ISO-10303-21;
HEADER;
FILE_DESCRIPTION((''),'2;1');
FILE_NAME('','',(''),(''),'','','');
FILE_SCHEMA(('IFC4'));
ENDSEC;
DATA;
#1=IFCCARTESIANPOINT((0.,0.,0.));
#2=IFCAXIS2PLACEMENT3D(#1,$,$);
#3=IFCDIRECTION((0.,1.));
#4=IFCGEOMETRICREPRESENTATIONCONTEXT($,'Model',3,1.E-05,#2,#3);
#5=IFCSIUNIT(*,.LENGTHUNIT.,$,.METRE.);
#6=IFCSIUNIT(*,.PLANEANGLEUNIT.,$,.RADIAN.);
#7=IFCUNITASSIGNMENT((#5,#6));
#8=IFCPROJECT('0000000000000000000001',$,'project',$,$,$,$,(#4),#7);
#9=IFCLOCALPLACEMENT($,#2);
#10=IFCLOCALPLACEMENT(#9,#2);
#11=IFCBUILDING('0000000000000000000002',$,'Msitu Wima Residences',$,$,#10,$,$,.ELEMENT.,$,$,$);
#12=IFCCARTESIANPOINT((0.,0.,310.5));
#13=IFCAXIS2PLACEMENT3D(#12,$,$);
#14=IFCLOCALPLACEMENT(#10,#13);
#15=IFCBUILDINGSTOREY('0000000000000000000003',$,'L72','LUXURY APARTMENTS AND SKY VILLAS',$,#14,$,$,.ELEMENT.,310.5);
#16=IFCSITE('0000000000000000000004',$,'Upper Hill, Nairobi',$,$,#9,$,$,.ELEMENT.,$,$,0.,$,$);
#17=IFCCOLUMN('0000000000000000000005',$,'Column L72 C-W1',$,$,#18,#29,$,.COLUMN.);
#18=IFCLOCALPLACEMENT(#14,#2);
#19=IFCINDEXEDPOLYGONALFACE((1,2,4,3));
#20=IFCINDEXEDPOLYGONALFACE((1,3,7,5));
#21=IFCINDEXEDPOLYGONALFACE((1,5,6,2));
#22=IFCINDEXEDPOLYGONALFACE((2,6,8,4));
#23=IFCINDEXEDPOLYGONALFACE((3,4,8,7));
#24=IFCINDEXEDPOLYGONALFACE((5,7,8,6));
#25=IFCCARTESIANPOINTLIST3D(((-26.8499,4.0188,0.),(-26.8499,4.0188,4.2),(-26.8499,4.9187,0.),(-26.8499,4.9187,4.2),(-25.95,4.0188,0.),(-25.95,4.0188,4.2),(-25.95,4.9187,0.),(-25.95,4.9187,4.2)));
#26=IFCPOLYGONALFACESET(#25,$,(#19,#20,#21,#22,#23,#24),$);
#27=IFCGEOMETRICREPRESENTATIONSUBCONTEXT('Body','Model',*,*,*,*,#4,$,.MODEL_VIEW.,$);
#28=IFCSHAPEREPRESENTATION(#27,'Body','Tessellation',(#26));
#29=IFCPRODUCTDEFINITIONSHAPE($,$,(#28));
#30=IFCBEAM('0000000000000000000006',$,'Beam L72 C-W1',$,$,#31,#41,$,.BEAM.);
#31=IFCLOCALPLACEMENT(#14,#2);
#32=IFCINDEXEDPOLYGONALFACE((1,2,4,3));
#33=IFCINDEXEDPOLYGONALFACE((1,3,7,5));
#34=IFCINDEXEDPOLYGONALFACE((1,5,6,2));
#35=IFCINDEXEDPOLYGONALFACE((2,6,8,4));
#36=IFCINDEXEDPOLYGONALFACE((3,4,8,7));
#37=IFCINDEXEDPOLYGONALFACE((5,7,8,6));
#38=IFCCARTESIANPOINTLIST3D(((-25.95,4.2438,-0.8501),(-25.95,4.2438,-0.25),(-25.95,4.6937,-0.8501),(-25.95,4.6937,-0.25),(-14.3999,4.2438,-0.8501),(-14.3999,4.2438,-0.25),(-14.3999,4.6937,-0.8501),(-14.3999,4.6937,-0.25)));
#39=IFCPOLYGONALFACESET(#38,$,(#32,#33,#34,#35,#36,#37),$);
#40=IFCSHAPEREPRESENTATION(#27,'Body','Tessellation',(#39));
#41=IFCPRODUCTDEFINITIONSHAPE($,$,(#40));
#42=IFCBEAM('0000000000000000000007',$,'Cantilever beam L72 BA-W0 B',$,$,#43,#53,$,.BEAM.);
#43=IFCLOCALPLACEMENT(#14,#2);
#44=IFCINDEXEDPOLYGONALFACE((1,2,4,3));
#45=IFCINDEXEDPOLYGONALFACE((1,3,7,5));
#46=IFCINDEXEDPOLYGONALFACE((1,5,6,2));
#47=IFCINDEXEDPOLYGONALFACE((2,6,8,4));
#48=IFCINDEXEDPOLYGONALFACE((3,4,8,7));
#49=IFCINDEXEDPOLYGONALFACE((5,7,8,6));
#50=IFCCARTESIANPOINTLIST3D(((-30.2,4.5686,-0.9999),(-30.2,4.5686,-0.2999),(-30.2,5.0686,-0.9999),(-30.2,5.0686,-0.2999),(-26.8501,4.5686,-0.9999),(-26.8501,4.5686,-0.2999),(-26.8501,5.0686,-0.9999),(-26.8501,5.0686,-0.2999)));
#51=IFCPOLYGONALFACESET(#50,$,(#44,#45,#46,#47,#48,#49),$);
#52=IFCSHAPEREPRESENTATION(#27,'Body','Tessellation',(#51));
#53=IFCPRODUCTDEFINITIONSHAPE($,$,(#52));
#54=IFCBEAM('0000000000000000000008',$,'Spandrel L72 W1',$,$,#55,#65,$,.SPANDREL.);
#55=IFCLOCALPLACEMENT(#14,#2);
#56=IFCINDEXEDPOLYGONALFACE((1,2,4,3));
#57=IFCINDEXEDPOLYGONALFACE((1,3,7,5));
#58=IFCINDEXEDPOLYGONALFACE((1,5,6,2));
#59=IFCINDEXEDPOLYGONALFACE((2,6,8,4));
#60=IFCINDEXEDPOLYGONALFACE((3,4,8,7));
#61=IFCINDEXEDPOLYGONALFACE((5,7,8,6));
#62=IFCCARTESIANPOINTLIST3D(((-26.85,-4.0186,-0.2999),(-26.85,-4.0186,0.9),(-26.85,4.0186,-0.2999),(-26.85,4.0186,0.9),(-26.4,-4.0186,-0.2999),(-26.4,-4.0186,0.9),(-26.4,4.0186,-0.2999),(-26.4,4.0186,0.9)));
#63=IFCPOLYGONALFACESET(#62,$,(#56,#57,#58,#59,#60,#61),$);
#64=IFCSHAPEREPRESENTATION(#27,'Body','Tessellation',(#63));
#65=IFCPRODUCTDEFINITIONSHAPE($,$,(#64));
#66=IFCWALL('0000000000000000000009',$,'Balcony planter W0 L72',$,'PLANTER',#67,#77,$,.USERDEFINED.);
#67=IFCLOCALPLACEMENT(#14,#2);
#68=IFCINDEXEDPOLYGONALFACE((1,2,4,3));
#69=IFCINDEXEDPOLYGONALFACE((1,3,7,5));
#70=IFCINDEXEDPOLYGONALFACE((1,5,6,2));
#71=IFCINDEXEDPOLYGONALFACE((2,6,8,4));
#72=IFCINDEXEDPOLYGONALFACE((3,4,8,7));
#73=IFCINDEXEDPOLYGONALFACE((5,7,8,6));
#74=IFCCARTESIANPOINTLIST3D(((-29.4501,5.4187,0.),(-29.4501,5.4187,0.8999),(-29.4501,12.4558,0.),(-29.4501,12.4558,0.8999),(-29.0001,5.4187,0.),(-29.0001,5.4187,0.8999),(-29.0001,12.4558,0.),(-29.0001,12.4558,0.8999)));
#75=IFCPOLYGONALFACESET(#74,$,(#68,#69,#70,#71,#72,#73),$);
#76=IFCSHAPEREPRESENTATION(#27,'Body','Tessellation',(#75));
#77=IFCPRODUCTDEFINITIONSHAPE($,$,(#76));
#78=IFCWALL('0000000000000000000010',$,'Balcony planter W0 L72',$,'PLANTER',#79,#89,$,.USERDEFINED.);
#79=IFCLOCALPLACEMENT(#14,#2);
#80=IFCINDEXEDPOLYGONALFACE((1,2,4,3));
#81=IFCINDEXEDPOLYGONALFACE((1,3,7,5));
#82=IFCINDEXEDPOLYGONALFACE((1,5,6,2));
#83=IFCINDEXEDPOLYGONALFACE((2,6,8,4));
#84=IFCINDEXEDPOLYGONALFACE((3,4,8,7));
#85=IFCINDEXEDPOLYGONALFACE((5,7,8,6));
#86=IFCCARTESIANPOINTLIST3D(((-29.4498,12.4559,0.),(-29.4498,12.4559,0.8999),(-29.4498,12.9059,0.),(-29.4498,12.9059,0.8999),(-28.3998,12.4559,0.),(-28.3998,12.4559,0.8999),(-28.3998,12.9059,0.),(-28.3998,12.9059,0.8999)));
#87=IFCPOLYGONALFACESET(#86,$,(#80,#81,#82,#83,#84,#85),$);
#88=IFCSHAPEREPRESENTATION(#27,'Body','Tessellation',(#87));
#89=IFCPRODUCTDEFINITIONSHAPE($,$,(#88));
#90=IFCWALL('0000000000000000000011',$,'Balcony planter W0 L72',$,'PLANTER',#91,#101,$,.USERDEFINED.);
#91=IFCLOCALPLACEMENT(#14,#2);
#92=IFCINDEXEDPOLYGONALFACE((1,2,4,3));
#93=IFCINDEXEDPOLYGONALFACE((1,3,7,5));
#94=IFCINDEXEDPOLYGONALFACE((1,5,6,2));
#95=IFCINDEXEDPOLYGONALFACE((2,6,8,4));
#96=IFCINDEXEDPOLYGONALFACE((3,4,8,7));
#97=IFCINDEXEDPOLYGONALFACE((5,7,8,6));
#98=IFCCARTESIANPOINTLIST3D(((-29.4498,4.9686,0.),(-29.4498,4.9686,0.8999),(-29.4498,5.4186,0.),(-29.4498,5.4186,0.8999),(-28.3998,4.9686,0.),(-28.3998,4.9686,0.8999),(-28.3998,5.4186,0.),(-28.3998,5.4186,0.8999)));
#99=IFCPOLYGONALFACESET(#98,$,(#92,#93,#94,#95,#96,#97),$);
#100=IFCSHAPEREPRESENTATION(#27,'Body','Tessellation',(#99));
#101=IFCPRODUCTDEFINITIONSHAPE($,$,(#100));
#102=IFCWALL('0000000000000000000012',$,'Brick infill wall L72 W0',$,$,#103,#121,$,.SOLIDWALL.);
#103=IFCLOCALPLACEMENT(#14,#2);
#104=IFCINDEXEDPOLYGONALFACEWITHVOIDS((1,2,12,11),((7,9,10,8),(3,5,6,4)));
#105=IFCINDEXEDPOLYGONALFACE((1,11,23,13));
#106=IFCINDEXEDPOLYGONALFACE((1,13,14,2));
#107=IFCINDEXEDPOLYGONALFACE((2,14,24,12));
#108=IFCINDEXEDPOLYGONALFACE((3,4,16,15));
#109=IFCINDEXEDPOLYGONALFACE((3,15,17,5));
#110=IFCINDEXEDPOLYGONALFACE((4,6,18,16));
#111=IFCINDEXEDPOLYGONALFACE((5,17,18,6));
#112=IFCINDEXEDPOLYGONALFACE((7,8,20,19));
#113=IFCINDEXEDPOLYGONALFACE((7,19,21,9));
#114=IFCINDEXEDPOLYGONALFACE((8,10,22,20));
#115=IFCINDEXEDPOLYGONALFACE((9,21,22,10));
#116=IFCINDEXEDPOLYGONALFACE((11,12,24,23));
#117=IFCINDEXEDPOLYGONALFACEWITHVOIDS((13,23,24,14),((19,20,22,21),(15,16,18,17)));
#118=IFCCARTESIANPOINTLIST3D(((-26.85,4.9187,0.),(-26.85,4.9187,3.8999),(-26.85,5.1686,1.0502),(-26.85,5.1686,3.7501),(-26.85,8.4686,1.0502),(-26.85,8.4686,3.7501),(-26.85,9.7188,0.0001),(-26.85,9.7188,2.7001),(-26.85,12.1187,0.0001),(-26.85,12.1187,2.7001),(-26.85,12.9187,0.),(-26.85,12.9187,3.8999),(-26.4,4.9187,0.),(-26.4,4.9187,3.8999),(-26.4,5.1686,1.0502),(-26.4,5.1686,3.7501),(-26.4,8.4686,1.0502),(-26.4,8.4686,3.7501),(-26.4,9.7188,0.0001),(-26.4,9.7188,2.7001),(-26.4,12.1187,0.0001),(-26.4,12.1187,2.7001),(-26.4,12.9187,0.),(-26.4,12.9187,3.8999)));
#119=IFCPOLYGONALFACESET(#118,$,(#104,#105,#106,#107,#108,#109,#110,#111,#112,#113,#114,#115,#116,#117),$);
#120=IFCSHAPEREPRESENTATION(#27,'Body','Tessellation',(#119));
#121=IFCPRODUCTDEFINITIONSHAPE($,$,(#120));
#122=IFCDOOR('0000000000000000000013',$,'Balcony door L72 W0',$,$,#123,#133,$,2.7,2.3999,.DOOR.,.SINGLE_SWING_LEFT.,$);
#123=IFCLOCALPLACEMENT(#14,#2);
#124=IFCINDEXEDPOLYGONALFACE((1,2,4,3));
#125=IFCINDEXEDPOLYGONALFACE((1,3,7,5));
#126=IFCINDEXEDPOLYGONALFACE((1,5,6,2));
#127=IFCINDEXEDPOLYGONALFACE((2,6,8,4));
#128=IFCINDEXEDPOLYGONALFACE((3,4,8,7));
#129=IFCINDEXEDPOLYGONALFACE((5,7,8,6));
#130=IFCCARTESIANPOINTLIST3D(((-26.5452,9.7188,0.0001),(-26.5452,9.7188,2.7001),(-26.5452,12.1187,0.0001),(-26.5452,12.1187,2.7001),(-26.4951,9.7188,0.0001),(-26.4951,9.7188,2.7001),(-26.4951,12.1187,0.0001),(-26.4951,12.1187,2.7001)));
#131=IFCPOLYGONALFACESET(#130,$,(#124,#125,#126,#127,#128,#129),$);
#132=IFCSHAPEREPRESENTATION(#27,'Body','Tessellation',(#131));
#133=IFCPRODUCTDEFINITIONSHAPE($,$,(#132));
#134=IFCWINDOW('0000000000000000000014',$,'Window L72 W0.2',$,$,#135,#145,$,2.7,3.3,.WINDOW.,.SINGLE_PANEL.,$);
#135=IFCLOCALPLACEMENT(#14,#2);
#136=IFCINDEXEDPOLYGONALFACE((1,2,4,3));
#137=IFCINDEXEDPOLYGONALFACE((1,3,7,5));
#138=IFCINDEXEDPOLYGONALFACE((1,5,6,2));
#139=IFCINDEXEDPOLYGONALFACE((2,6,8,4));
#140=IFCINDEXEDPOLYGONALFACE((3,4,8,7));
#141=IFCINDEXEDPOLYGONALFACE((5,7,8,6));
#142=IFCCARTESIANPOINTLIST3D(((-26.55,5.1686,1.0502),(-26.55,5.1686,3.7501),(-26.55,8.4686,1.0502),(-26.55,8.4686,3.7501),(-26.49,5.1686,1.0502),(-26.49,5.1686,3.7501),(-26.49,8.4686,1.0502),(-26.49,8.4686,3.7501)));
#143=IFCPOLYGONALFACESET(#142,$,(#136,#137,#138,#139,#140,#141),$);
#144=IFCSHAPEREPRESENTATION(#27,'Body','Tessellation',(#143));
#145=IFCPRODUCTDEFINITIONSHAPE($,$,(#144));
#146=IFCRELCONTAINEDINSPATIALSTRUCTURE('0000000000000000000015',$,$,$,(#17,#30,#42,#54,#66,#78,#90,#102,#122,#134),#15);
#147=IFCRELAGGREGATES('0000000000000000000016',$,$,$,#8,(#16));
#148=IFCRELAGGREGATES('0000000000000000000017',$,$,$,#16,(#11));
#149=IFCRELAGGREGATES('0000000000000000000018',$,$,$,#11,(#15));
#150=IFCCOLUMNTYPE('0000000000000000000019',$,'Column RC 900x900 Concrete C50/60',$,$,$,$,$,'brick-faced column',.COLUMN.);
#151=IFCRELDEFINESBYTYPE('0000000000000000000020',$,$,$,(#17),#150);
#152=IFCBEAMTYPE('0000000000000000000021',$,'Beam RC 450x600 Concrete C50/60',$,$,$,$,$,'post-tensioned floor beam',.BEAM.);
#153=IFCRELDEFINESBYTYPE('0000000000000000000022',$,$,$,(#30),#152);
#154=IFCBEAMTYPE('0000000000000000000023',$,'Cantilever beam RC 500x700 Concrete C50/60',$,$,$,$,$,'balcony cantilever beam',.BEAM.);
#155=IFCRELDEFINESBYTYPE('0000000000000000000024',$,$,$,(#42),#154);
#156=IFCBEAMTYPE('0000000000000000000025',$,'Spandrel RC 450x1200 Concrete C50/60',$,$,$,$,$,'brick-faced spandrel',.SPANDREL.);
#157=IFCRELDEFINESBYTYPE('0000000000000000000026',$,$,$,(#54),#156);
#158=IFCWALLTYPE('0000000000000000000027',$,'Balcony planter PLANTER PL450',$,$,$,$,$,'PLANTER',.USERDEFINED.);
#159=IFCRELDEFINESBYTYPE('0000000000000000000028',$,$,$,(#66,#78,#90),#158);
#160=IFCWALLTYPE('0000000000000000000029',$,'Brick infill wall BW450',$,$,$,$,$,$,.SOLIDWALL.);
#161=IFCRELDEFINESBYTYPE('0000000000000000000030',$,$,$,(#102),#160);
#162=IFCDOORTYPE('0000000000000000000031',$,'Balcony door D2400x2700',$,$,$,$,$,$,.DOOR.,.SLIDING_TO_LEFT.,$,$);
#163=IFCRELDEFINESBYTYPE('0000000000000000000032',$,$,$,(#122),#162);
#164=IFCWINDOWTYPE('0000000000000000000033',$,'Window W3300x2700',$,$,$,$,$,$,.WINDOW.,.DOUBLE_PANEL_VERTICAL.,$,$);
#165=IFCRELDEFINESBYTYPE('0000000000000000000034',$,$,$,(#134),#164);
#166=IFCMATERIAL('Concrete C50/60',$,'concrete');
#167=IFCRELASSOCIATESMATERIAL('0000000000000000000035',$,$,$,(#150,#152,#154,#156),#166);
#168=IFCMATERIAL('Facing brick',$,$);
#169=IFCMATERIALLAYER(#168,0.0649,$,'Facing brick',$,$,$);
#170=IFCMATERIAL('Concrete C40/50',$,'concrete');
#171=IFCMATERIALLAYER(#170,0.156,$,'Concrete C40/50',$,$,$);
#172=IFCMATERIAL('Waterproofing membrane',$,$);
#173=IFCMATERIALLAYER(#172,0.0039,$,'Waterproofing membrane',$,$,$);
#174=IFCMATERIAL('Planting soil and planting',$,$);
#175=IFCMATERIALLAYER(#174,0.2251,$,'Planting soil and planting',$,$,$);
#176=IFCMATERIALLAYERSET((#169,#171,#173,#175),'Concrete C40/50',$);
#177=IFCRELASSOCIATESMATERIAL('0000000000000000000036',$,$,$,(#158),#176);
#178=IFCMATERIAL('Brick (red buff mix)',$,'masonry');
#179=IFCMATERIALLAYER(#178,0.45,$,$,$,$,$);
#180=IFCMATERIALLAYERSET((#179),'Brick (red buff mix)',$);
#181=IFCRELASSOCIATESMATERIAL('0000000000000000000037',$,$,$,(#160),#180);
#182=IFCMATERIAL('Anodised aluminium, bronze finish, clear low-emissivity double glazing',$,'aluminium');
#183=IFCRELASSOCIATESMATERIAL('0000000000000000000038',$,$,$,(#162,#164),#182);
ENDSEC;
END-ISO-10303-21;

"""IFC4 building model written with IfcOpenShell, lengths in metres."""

from ifc_helpers import new_model, si_unit, direction, frame, frame_2d, origin, origin_2d, place, context, subcontext, project, spatial, rectangle, extrude, material, layer, layer_set, material_profile, profile_set, type_object, element, fill, save


model = new_model("IFC4")

# Units and contexts
model_context = context("Model", 3, precision=1e-05, world=origin(), true_north=direction((0.0, 1.0)))
body_context = subcontext(model_context, "Body", "Model", "MODEL_VIEW")
ifc_project = project(units=[si_unit("LENGTHUNIT", "METRE"), si_unit("PLANEANGLEUNIT", "RADIAN")], contexts=[model_context])

# Site, building, storey
site_placement = place(None, origin())
site = spatial("IfcSite", under=ifc_project, at=site_placement, Name="Upper Hill, Nairobi", CompositionType="ELEMENT", RefElevation=0.0)
building_placement = place(site_placement, origin())
building = spatial("IfcBuilding", under=site, at=building_placement, Name="Msitu Wima Residences", CompositionType="ELEMENT")
storey_placement = place(building_placement, frame((0.0, 0.0, 310.5)))
storey = spatial("IfcBuildingStorey", under=building, at=storey_placement, Name="L72", Description="LUXURY APARTMENTS AND SKY VILLAS", CompositionType="ELEMENT", Elevation=310.5)

# Column
ifc_material_1 = material(Name="Concrete C50/60", Category="concrete")
ifc_material_profile_1 = material_profile(ifc_material_1, rectangle(XDim=0.8999, YDim=0.8999, at=origin_2d()), Name="RC 900x900")
ifc_profile_set_1 = profile_set([ifc_material_profile_1], Name="Concrete C50/60")
column_type = type_object("IfcColumnType", Name="Column RC 900x900 Concrete C50/60", ElementType="brick-faced column", PredefinedType="COLUMN", material=ifc_profile_set_1)
column_placement = place(storey_placement, frame((-26.3999, 4.4688, 0.0), z_axis=(0.0, 0.0, 1.0), x_axis=(0.0, -1.0, 0.0)))
element("IfcColumn", 1, at=column_placement, inside=storey, type_object=column_type, Name="Column L72 C-W1", PredefinedType="COLUMN", context=body_context, shape_type="SweptSolid", body=[
    extrude(rectangle(XDim=0.8999, YDim=0.8999, at=origin_2d()), origin(), (0.0, 0.0, 1.0), 4.2),
])

# Beams
ifc_material_profile_2 = material_profile(ifc_material_1, rectangle(XDim=0.45, YDim=0.6001, at=origin_2d()), Name="RC 450x600")
ifc_profile_set_2 = profile_set([ifc_material_profile_2], Name="Concrete C50/60")
beam_type_1 = type_object("IfcBeamType", Name="Beam RC 450x600 Concrete C50/60", ElementType="post-tensioned floor beam", PredefinedType="BEAM", material=ifc_profile_set_2)
beam_1_placement = place(storey_placement, frame((-25.95, 4.4688, -0.55), z_axis=(1.0, 0.0, 0.0), x_axis=(0.0, 1.0, 0.0)))
element("IfcBeam", 2, at=beam_1_placement, inside=storey, type_object=beam_type_1, Name="Beam L72 C-W1", PredefinedType="BEAM", context=body_context, shape_type="SweptSolid", body=[
    extrude(rectangle(XDim=0.45, YDim=0.6001, at=origin_2d()), origin(), (0.0, 0.0, 1.0), 11.55),
])
ifc_material_profile_3 = material_profile(ifc_material_1, rectangle(XDim=0.5, YDim=0.7, at=origin_2d()), Name="RC 500x700")
ifc_profile_set_3 = profile_set([ifc_material_profile_3], Name="Concrete C50/60")
beam_type_2 = type_object("IfcBeamType", Name="Cantilever beam RC 500x700 Concrete C50/60", ElementType="balcony cantilever beam", PredefinedType="BEAM", material=ifc_profile_set_3)
beam_2_placement = place(storey_placement, frame((-26.8501, 4.8186, -0.6499), z_axis=(-1.0, 0.0, 0.0), x_axis=(0.0, -1.0, 0.0)))
element("IfcBeam", 3, at=beam_2_placement, inside=storey, type_object=beam_type_2, Name="Cantilever beam L72 BA-W0 B", PredefinedType="BEAM", context=body_context, shape_type="SweptSolid", body=[
    extrude(rectangle(XDim=0.5, YDim=0.7, at=origin_2d()), origin(), (0.0, 0.0, 1.0), 3.3499),
])
ifc_material_profile_4 = material_profile(ifc_material_1, rectangle(XDim=0.45, YDim=1.2, at=origin_2d()), Name="RC 450x1200")
ifc_profile_set_4 = profile_set([ifc_material_profile_4], Name="Concrete C50/60")
beam_type_3 = type_object("IfcBeamType", Name="Spandrel RC 450x1200 Concrete C50/60", ElementType="brick-faced spandrel", PredefinedType="SPANDREL", material=ifc_profile_set_4)
beam_3_placement = place(storey_placement, frame((-26.625, 4.0186, 0.3), z_axis=(0.0, -1.0, 0.0), x_axis=(1.0, 0.0, 0.0)))
element("IfcBeam", 4, at=beam_3_placement, inside=storey, type_object=beam_type_3, Name="Spandrel L72 W1", PredefinedType="SPANDREL", context=body_context, shape_type="SweptSolid", body=[
    extrude(rectangle(XDim=0.45, YDim=1.2, at=origin_2d()), origin(), (0.0, 0.0, 1.0), 8.0371),
])

# Walls
ifc_material_2 = material(Name="Facing brick")
ifc_layer_1 = layer(ifc_material_2, 0.0649, Name="Facing brick")
ifc_material_3 = material(Name="Concrete C40/50", Category="concrete")
ifc_layer_2 = layer(ifc_material_3, 0.156, Name="Concrete C40/50")
ifc_material_4 = material(Name="Waterproofing membrane")
ifc_layer_3 = layer(ifc_material_4, 0.0039, Name="Waterproofing membrane")
ifc_material_5 = material(Name="Planting soil and planting")
ifc_layer_4 = layer(ifc_material_5, 0.2251, Name="Planting soil and planting")
ifc_layer_set_1 = layer_set([ifc_layer_1, ifc_layer_2, ifc_layer_3, ifc_layer_4], Name="Concrete C40/50")
wall_type_1 = type_object("IfcWallType", Name="Balcony planter PLANTER PL450", ElementType="PLANTER", PredefinedType="USERDEFINED", material=ifc_layer_set_1)
wall_1_placement = place(storey_placement, frame((-29.2251, 12.4558, 0.0), z_axis=(0.0, 0.0, 1.0), x_axis=(0.0, -1.0, 0.0)))
element("IfcWall", 5, at=wall_1_placement, inside=storey, type_object=wall_type_1, Name="Balcony planter W0 L72", ObjectType="PLANTER", PredefinedType="USERDEFINED", context=body_context, shape_type="SweptSolid", body=[
    extrude(rectangle(XDim=7.0371, YDim=0.45, at=frame_2d((3.5186, 0.0))), origin(), (0.0, 0.0, 1.0), 0.8999),
])
for number, where, z_axis, x_axis, name in (
    (6, (-28.3999, 12.6809, 0.0), (0.0, 0.0, 1.0), (-1.0, 0.0, 0.0), "Balcony planter W0 L72"),
    (7, (-28.3999, 5.1936, 0.0), (0.0, 0.0, 1.0), (-1.0, 0.0, 0.0), "Balcony planter W0 L72"),
):
    element("IfcWall", number, at=place(storey_placement, frame(where, z_axis=z_axis, x_axis=x_axis)), inside=storey, type_object=wall_type_1, Name=name, ObjectType="PLANTER", PredefinedType="USERDEFINED", context=body_context, shape_type="SweptSolid", body=[
        extrude(rectangle(XDim=1.05, YDim=0.45, at=frame_2d((0.5249, 0.0))), origin(), (0.0, 0.0, 1.0), 0.8999),
    ])

# Wall, openings, door, window
ifc_material_6 = material(Name="Brick (red buff mix)", Category="masonry")
ifc_layer_5 = layer(ifc_material_6, 0.45)
ifc_layer_set_2 = layer_set([ifc_layer_5], Name="Brick (red buff mix)")
wall_type_2 = type_object("IfcWallType", Name="Brick infill wall BW450", PredefinedType="SOLIDWALL", material=ifc_layer_set_2)
wall_2_placement = place(storey_placement, frame((-26.625, 12.9187, 0.0), z_axis=(0.0, 0.0, 1.0), x_axis=(0.0, -1.0, 0.0)))
wall_2 = element("IfcWall", 8, at=wall_2_placement, inside=storey, type_object=wall_type_2, Name="Brick infill wall L72 W0", PredefinedType="SOLIDWALL", context=body_context, shape_type="SweptSolid", body=[
    extrude(rectangle(XDim=8.0, YDim=0.45, at=frame_2d((4.0, 0.0))), origin(), (0.0, 0.0, 1.0), 3.8999),
])
opening_1_placement = place(wall_2_placement, frame((0.8, 0.0, 0.0)))
opening_1 = element("IfcOpeningElement", 9, at=opening_1_placement, cuts=wall_2, PredefinedType="OPENING", context=body_context, shape_type="SweptSolid", body=[
    extrude(rectangle(XDim=2.3999, YDim=2.7, at=frame_2d((1.2, 1.3501))), frame((0.0, 0.2349, 0.0), z_axis=(0.0, -1.0, 0.0), x_axis=(1.0, 0.0, 0.0)), (0.0, 0.0, 1.0), 0.47),
])
opening_2_placement = place(wall_2_placement, frame((4.4502, 0.0, 1.05)))
opening_2 = element("IfcOpeningElement", 10, at=opening_2_placement, cuts=wall_2, PredefinedType="OPENING", context=body_context, shape_type="SweptSolid", body=[
    extrude(rectangle(XDim=3.3, YDim=2.7, at=frame_2d((1.6499, 1.3501))), frame((0.0, 0.2349, 0.0), z_axis=(0.0, -1.0, 0.0), x_axis=(1.0, 0.0, 0.0)), (0.0, 0.0, 1.0), 0.47),
])
ifc_material_7 = material(Name="Anodised aluminium, bronze finish, clear low-emissivity double glazing", Category="aluminium")
door_type_1 = type_object("IfcDoorType", Name="Balcony door D2400x2700", OperationType="SLIDING_TO_LEFT", PredefinedType="DOOR", material=ifc_material_7)
door_1_placement = place(opening_1_placement, origin())
door_1 = element("IfcDoor", 11, at=door_1_placement, inside=storey, type_object=door_type_1, Name="Balcony door L72 W0", OperationType="SINGLE_SWING_LEFT", OverallHeight=2.7, OverallWidth=2.3999, PredefinedType="DOOR", context=body_context, shape_type="SweptSolid", body=[
    extrude(rectangle(XDim=2.3999, YDim=2.7, at=frame_2d((1.2, 1.3501))), frame((0.0, 0.1299, 0.0), z_axis=(0.0, -1.0, 0.0), x_axis=(1.0, 0.0, 0.0)), (0.0, 0.0, 1.0), 0.05),
])
fill(opening_1, door_1)
window_type = type_object("IfcWindowType", Name="Window W3300x2700", PartitioningType="DOUBLE_PANEL_VERTICAL", PredefinedType="WINDOW", material=ifc_material_7)
window_1_placement = place(opening_2_placement, origin())
window_1 = element("IfcWindow", 12, at=window_1_placement, inside=storey, type_object=window_type, Name="Window L72 W0.2", OverallHeight=2.7, OverallWidth=3.3, PartitioningType="SINGLE_PANEL", PredefinedType="WINDOW", context=body_context, shape_type="SweptSolid", body=[
    extrude(rectangle(XDim=3.3, YDim=2.7, at=frame_2d((1.6499, 1.3501))), frame((0.0, 0.135, 0.0), z_axis=(0.0, -1.0, 0.0), x_axis=(1.0, 0.0, 0.0)), (0.0, 0.0, 1.0), 0.0601),
])
fill(opening_2, window_1)

save(model, "model.ifc")
